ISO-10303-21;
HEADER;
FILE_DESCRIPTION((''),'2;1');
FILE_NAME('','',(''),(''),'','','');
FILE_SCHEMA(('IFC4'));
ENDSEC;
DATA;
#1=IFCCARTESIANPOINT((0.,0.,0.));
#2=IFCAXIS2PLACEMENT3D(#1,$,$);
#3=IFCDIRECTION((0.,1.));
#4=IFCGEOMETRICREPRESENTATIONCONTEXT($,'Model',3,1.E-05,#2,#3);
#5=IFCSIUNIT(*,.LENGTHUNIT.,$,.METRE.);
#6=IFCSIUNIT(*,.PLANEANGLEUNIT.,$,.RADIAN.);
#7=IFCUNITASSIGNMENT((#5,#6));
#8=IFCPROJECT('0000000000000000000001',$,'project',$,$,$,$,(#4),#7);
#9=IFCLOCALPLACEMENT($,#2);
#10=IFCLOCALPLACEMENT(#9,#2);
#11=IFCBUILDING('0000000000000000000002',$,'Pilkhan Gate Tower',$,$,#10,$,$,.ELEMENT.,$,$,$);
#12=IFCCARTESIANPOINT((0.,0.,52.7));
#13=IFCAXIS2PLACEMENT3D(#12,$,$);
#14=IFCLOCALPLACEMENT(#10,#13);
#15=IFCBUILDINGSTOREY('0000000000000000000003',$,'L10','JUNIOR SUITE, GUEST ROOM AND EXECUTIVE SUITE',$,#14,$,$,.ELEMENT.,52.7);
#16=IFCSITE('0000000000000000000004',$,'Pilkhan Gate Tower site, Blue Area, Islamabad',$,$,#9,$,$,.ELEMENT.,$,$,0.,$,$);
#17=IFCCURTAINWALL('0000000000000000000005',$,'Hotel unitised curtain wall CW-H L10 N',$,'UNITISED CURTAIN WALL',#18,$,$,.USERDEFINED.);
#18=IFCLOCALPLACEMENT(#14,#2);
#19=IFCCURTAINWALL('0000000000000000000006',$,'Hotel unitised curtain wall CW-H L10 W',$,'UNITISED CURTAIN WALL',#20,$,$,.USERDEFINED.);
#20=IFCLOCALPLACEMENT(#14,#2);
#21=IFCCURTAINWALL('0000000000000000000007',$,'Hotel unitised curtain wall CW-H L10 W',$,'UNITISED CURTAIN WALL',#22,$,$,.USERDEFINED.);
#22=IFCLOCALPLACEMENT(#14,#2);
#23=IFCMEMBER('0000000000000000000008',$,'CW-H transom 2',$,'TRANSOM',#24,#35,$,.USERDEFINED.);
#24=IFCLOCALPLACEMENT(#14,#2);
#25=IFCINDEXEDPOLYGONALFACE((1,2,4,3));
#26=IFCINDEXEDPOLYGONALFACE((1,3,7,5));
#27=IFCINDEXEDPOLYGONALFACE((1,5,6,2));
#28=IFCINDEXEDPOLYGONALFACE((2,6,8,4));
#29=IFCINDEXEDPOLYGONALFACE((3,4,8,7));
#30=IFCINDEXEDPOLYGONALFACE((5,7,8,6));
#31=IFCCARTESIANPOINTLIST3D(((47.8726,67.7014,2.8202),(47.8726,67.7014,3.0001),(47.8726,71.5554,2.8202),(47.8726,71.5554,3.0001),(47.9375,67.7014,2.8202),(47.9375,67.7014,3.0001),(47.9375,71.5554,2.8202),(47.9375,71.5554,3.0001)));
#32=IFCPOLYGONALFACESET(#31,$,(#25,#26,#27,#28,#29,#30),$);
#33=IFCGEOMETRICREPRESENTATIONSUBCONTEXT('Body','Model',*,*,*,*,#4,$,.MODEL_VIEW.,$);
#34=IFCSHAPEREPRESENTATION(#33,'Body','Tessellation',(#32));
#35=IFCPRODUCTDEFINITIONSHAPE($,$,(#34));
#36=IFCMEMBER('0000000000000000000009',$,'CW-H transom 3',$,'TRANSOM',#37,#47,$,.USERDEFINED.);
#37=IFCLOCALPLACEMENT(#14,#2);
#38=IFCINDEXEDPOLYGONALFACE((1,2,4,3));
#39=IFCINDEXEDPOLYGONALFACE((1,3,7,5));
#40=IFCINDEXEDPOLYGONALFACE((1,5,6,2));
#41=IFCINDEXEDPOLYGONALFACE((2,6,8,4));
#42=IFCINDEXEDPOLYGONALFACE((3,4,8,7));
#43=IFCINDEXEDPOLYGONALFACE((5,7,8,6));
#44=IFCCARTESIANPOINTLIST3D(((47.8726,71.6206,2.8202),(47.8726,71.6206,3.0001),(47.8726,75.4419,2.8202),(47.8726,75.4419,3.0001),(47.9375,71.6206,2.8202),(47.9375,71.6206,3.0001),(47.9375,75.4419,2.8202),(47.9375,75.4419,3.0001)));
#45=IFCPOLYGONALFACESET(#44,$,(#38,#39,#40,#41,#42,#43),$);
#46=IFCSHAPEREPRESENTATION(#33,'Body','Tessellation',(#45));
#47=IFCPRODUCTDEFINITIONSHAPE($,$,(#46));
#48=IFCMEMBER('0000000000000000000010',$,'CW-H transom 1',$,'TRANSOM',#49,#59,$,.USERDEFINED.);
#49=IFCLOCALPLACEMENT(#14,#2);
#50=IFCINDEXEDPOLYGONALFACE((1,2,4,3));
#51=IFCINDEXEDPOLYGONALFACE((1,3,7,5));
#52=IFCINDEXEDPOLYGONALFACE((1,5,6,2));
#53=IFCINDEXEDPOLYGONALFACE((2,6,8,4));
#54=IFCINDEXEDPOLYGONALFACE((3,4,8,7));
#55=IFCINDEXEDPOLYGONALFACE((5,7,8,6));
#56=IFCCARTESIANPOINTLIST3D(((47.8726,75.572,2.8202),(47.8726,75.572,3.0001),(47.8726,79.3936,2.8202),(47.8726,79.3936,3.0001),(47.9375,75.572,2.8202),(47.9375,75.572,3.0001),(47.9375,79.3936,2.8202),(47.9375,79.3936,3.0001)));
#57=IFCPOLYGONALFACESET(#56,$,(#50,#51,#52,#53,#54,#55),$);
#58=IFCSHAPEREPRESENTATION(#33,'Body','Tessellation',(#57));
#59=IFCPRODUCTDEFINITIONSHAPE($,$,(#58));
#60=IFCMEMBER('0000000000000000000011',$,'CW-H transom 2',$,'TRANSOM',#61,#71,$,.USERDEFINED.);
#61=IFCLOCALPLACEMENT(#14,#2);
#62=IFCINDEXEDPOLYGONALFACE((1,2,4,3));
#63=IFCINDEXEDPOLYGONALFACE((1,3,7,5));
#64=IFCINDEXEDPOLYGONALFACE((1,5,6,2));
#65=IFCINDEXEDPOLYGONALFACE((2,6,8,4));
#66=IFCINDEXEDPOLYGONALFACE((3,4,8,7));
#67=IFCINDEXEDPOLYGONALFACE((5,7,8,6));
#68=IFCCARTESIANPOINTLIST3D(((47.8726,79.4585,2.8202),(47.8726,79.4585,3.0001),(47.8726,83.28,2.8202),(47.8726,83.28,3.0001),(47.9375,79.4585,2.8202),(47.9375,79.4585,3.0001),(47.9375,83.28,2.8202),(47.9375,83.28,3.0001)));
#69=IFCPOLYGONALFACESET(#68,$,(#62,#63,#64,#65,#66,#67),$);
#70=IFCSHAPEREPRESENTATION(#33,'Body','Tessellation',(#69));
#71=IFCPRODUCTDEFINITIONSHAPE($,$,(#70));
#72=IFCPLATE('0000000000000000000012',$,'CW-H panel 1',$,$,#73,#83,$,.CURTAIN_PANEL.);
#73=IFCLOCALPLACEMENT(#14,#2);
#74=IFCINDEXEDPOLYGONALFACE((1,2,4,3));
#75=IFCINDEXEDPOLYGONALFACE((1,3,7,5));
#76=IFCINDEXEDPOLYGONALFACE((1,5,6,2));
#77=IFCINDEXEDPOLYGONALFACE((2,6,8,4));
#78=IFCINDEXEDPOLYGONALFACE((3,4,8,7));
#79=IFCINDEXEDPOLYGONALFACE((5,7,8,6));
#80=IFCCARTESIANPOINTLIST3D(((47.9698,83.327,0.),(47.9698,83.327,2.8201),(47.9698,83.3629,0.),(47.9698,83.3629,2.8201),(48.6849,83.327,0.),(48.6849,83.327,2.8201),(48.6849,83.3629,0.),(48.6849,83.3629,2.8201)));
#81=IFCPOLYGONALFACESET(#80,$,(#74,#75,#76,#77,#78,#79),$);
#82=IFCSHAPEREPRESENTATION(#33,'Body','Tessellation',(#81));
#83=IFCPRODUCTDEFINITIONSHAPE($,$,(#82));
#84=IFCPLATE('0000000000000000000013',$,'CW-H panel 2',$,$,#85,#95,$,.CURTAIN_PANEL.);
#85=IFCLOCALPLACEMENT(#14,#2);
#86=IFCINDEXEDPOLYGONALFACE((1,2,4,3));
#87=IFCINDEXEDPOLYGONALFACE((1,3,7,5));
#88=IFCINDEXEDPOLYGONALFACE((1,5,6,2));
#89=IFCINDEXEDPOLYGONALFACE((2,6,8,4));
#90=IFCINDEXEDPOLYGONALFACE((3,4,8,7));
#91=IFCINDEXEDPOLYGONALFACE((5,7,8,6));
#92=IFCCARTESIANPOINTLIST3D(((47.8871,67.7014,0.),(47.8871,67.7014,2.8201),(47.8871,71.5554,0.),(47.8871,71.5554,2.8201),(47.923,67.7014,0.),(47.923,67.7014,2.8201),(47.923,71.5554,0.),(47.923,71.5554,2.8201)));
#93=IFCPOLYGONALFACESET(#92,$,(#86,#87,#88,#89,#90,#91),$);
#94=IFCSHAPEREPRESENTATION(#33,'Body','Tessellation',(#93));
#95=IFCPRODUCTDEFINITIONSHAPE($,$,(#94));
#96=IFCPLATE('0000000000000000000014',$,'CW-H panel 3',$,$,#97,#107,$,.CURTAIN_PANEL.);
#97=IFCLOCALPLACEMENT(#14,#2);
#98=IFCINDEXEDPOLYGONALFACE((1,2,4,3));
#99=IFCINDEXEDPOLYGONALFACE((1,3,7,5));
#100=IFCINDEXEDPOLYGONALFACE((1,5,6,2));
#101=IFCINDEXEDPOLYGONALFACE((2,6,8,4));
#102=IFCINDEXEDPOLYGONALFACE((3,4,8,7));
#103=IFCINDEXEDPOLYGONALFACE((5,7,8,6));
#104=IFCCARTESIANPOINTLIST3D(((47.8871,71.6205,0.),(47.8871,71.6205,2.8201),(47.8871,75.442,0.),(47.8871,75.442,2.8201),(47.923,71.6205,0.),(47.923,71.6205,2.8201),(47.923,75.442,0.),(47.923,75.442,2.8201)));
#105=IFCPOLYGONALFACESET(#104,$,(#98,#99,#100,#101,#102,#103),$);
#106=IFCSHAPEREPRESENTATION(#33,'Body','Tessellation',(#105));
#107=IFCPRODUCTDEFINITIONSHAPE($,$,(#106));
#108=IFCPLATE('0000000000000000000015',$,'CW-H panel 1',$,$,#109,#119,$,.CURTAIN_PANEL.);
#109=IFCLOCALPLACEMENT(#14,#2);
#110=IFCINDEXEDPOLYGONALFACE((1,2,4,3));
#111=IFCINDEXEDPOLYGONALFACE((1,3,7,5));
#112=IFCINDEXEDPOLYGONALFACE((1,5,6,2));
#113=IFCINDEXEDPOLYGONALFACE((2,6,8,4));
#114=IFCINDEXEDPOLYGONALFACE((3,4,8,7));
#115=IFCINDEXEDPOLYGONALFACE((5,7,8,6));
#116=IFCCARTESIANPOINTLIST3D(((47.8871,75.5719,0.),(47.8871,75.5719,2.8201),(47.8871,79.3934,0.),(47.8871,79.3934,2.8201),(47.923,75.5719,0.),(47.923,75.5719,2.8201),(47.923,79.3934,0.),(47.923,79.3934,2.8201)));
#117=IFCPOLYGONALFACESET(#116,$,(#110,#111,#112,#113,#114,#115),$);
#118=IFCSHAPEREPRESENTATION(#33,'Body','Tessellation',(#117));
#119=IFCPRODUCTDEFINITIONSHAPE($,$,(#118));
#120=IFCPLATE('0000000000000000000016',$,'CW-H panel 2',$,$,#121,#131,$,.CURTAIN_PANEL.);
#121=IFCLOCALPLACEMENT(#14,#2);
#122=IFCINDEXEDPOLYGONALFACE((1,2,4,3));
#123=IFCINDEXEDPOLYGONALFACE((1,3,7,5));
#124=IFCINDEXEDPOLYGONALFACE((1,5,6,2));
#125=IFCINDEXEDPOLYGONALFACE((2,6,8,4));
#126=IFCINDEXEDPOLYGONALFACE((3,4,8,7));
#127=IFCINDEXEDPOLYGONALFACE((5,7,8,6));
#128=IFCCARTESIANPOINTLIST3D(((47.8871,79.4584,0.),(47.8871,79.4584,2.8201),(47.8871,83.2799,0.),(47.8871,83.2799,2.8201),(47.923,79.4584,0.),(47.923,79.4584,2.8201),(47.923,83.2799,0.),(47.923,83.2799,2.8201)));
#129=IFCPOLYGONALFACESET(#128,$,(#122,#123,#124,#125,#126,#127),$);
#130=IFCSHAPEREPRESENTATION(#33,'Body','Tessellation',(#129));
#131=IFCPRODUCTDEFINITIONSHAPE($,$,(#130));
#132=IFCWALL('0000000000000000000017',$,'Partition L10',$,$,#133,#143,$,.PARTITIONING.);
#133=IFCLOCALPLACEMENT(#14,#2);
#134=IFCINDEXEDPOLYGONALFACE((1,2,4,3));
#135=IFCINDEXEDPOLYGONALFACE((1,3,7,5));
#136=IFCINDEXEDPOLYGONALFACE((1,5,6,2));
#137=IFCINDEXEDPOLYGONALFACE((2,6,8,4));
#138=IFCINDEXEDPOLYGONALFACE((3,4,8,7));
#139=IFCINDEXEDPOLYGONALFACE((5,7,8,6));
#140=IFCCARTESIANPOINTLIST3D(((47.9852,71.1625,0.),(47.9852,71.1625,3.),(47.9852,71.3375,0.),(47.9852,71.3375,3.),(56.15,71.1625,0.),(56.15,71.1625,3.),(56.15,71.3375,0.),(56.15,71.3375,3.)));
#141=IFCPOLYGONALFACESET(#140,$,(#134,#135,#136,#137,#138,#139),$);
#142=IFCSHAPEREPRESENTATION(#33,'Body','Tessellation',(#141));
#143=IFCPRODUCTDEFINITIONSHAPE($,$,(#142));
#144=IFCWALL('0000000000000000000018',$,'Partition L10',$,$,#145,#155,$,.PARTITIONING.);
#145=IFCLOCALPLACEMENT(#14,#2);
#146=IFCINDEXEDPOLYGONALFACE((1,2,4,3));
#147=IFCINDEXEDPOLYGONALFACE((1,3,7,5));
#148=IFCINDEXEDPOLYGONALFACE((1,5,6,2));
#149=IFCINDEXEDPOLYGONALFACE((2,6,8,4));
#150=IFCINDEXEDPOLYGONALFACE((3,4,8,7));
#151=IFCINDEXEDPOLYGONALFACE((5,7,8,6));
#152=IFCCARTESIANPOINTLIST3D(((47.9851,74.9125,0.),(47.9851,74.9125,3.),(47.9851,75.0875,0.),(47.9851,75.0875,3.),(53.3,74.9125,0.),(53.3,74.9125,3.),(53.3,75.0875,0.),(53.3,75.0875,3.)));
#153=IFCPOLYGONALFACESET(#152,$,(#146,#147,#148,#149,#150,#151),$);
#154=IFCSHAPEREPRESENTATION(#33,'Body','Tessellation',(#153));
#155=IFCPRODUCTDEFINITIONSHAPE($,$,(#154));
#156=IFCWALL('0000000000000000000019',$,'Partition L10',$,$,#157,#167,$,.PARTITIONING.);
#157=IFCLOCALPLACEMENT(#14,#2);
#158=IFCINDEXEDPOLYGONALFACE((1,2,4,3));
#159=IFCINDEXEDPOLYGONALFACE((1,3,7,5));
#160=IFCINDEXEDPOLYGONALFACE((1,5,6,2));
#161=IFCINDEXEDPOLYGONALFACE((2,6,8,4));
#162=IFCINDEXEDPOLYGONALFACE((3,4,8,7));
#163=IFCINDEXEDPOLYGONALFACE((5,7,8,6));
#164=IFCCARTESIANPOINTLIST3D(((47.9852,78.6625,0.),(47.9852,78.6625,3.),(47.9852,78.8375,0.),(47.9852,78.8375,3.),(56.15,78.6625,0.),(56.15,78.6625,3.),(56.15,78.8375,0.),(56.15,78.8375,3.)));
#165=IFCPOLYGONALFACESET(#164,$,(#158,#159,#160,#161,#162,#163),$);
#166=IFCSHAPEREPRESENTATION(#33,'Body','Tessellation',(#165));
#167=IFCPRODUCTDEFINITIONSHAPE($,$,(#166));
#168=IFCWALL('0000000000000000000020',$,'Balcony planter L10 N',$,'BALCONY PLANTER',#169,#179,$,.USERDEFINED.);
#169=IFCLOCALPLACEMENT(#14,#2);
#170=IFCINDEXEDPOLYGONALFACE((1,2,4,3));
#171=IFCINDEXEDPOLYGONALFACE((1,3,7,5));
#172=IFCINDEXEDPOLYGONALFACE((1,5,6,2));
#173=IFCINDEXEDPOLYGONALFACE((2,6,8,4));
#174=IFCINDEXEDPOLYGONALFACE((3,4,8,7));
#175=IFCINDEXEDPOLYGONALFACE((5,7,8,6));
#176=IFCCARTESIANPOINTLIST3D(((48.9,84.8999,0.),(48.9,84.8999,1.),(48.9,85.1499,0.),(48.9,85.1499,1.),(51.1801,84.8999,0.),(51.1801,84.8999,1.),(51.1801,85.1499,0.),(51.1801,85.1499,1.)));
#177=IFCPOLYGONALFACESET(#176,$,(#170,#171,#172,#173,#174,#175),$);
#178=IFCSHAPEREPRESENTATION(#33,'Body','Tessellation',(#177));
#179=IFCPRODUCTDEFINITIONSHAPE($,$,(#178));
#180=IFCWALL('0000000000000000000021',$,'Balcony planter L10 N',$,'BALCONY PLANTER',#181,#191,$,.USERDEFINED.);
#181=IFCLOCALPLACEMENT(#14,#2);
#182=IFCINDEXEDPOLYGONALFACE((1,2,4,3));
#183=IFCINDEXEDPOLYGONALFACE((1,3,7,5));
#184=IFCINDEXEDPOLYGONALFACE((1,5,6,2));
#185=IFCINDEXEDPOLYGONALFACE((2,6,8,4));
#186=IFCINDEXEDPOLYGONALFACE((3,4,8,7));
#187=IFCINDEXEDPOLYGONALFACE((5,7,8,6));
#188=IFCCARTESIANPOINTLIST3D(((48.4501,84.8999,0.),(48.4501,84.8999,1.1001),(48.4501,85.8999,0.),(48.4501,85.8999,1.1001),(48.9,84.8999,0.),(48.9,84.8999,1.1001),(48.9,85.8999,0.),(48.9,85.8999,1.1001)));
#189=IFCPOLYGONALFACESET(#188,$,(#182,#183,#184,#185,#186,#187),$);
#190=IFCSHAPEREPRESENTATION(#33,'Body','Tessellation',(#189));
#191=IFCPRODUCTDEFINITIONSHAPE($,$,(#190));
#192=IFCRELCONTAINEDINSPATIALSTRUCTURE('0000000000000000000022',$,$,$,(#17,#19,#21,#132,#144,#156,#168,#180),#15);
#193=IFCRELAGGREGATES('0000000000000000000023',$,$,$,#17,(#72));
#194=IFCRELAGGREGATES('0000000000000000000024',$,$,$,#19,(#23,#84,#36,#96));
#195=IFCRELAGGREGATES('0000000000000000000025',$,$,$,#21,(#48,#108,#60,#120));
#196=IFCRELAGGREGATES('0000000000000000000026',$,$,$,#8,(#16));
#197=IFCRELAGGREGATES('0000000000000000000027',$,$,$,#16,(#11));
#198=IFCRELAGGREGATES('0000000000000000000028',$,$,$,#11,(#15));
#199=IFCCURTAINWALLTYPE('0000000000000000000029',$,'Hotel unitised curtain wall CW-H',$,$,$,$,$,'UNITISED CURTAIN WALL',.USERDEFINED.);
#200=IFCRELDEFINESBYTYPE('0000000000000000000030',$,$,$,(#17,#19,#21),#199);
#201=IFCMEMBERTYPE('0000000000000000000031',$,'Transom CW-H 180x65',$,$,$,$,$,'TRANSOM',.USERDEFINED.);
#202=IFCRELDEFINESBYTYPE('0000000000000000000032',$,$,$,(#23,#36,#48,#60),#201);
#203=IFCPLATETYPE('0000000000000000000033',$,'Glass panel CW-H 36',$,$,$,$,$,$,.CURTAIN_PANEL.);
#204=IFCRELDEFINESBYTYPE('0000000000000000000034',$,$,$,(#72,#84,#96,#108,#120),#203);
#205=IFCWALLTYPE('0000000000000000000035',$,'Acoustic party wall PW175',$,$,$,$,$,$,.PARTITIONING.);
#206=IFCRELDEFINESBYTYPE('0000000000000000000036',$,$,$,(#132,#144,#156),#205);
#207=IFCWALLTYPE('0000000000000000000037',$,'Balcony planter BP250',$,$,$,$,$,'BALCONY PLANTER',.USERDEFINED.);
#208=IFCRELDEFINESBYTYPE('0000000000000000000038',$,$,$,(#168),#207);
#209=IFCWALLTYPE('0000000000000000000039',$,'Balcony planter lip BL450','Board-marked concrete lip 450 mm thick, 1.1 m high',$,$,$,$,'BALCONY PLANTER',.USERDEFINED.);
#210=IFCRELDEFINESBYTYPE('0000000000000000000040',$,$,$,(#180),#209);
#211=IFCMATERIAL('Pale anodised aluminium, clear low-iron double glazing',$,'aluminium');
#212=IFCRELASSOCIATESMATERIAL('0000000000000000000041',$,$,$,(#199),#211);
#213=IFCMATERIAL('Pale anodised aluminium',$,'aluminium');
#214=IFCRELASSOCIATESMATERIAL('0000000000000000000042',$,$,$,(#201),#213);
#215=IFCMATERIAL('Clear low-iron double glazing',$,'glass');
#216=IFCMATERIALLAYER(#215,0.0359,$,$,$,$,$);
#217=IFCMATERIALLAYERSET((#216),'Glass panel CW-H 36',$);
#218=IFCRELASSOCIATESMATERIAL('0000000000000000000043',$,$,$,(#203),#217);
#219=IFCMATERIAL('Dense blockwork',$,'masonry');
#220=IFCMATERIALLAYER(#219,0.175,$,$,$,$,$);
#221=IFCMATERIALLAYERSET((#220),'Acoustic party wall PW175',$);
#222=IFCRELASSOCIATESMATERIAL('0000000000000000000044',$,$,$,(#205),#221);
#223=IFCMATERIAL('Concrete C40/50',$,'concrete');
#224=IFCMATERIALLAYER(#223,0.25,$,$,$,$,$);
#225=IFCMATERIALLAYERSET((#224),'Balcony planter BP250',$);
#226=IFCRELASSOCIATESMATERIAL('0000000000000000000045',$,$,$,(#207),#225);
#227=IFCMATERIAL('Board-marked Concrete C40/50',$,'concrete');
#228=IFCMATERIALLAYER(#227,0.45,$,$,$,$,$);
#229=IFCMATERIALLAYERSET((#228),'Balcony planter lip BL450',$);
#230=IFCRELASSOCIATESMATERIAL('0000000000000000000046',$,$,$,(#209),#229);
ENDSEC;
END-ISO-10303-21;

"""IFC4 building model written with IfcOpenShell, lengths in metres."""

from ifc_helpers import new_model, si_unit, direction, frame, frame_2d, origin, origin_2d, place, context, subcontext, project, spatial, rectangle, extrude, material, layer, layer_set, material_profile, profile_set, type_object, element, aggregate, save


model = new_model("IFC4")

# Units and contexts
model_context = context("Model", 3, precision=1e-05, world=origin(), true_north=direction((0.0, 1.0)))
body_context = subcontext(model_context, "Body", "Model", "MODEL_VIEW")
ifc_project = project(units=[si_unit("LENGTHUNIT", "METRE"), si_unit("PLANEANGLEUNIT", "RADIAN")], contexts=[model_context])

# Site, building, storey
site_placement = place(None, origin())
site = spatial("IfcSite", under=ifc_project, at=site_placement, Name="Pilkhan Gate Tower site, Blue Area, Islamabad", CompositionType="ELEMENT", RefElevation=0.0)
building_placement = place(site_placement, origin())
building = spatial("IfcBuilding", under=site, at=building_placement, Name="Pilkhan Gate Tower", CompositionType="ELEMENT")
storey_placement = place(building_placement, frame((0.0, 0.0, 52.7)))
storey = spatial("IfcBuildingStorey", under=building, at=storey_placement, Name="L10", Description="JUNIOR SUITE, GUEST ROOM AND EXECUTIVE SUITE", CompositionType="ELEMENT", Elevation=52.7)

# Shared definitions
ifc_material_1 = material(Name="Pale anodised aluminium, clear low-iron double glazing", Category="aluminium")
curtain_wall_type = type_object("IfcCurtainWallType", Name="Hotel unitised curtain wall CW-H", ElementType="UNITISED CURTAIN WALL", PredefinedType="USERDEFINED", material=ifc_material_1)
ifc_material_2 = material(Name="Pale anodised aluminium", Category="aluminium")

# Curtain walls
curtain_wall_1_placement = place(storey_placement, origin())
curtain_wall_1 = element("IfcCurtainWall", 1, at=curtain_wall_1_placement, inside=storey, type_object=curtain_wall_type, Name="Hotel unitised curtain wall CW-H L10 N", ObjectType="UNITISED CURTAIN WALL", PredefinedType="USERDEFINED")
curtain_wall_2_placement = place(storey_placement, origin())
curtain_wall_2 = element("IfcCurtainWall", 2, at=curtain_wall_2_placement, inside=storey, type_object=curtain_wall_type, Name="Hotel unitised curtain wall CW-H L10 W", ObjectType="UNITISED CURTAIN WALL", PredefinedType="USERDEFINED")
curtain_wall_3_placement = place(storey_placement, origin())
curtain_wall_3 = element("IfcCurtainWall", 3, at=curtain_wall_3_placement, inside=storey, type_object=curtain_wall_type, Name="Hotel unitised curtain wall CW-H L10 W", ObjectType="UNITISED CURTAIN WALL", PredefinedType="USERDEFINED")

# Members
ifc_material_profile_1 = material_profile(ifc_material_2, rectangle(XDim=0.0649, YDim=0.1799, at=origin_2d()), Name="Transom 180x65")
ifc_profile_set_1 = profile_set([ifc_material_profile_1], Name="Pale anodised aluminium")
member_type_1 = type_object("IfcMemberType", Name="Transom CW-H 180x65", ElementType="TRANSOM", PredefinedType="USERDEFINED", material=ifc_profile_set_1)
member_1_placement = place(storey_placement, frame((47.905, 67.7014, 2.9102), z_axis=(0.0, 1.0, 0.0), x_axis=(-1.0, 0.0, 0.0)))
member_1 = element("IfcMember", 4, at=member_1_placement, type_object=member_type_1, Name="CW-H transom 2", ObjectType="TRANSOM", PredefinedType="USERDEFINED", context=body_context, shape_type="SweptSolid", body=[
    extrude(rectangle(XDim=0.0649, YDim=0.1799, at=origin_2d()), origin(), (0.0, 0.0, 1.0), 3.854),
])
member_2_placement = place(storey_placement, frame((47.905, 71.6206, 2.9102), z_axis=(0.0, 1.0, 0.0), x_axis=(-1.0, 0.0, 0.0)))
member_2 = element("IfcMember", 5, at=member_2_placement, type_object=member_type_1, Name="CW-H transom 3", ObjectType="TRANSOM", PredefinedType="USERDEFINED", context=body_context, shape_type="SweptSolid", body=[
    extrude(rectangle(XDim=0.0649, YDim=0.1799, at=origin_2d()), origin(), (0.0, 0.0, 1.0), 3.8213),
])
member_3_placement = place(storey_placement, frame((47.905, 75.572, 2.9102), z_axis=(0.0, 1.0, 0.0), x_axis=(-1.0, 0.0, 0.0)))
member_3 = element("IfcMember", 6, at=member_3_placement, type_object=member_type_1, Name="CW-H transom 1", ObjectType="TRANSOM", PredefinedType="USERDEFINED", context=body_context, shape_type="SweptSolid", body=[
    extrude(rectangle(XDim=0.0649, YDim=0.1799, at=origin_2d()), origin(), (0.0, 0.0, 1.0), 3.8215),
])
member_4_placement = place(storey_placement, frame((47.905, 79.4585, 2.9102), z_axis=(0.0, 1.0, 0.0), x_axis=(-1.0, 0.0, 0.0)))
member_4 = element("IfcMember", 7, at=member_4_placement, type_object=member_type_1, Name="CW-H transom 2", ObjectType="TRANSOM", PredefinedType="USERDEFINED", context=body_context, shape_type="SweptSolid", body=[
    extrude(rectangle(XDim=0.0649, YDim=0.1799, at=origin_2d()), origin(), (0.0, 0.0, 1.0), 3.8215),
])

# Plates
ifc_material_3 = material(Name="Clear low-iron double glazing", Category="glass")
ifc_layer_1 = layer(ifc_material_3, 0.0359)
ifc_layer_set_1 = layer_set([ifc_layer_1], Name="Glass panel CW-H 36")
plate_type = type_object("IfcPlateType", Name="Glass panel CW-H 36", PredefinedType="CURTAIN_PANEL", material=ifc_layer_set_1)
plate_1_placement = place(storey_placement, frame((48.3274, 83.345, 0.0), z_axis=(0.0, 0.0, 1.0), x_axis=(1.0, 0.0, 0.0)))
plate_1 = element("IfcPlate", 8, at=plate_1_placement, type_object=plate_type, Name="CW-H panel 1", PredefinedType="CURTAIN_PANEL", context=body_context, shape_type="SweptSolid", body=[
    extrude(rectangle(XDim=0.7151, YDim=0.0359, at=origin_2d()), origin(), (0.0, 0.0, 1.0), 2.8201),
])
aggregate(curtain_wall_1, [plate_1])
plate_2_placement = place(storey_placement, frame((47.905, 69.6284, 0.0), z_axis=(0.0, 0.0, 1.0), x_axis=(0.0, 1.0, 0.0)))
plate_2 = element("IfcPlate", 9, at=plate_2_placement, type_object=plate_type, Name="CW-H panel 2", PredefinedType="CURTAIN_PANEL", context=body_context, shape_type="SweptSolid", body=[
    extrude(rectangle(XDim=3.854, YDim=0.0359, at=origin_2d()), origin(), (0.0, 0.0, 1.0), 2.8201),
])
plate_3_placement = place(storey_placement, frame((47.905, 73.5312, 0.0), z_axis=(0.0, 0.0, 1.0), x_axis=(0.0, 1.0, 0.0)))
plate_3 = element("IfcPlate", 10, at=plate_3_placement, type_object=plate_type, Name="CW-H panel 3", PredefinedType="CURTAIN_PANEL", context=body_context, shape_type="SweptSolid", body=[
    extrude(rectangle(XDim=3.8215, YDim=0.0359, at=origin_2d()), origin(), (0.0, 0.0, 1.0), 2.8201),
])
aggregate(curtain_wall_2, [member_1, plate_2, member_2, plate_3])
plate_4_placement = place(storey_placement, frame((47.905, 77.4827, 0.0), z_axis=(0.0, 0.0, 1.0), x_axis=(0.0, 1.0, 0.0)))
plate_4 = element("IfcPlate", 11, at=plate_4_placement, type_object=plate_type, Name="CW-H panel 1", PredefinedType="CURTAIN_PANEL", context=body_context, shape_type="SweptSolid", body=[
    extrude(rectangle(XDim=3.8215, YDim=0.0359, at=origin_2d()), origin(), (0.0, 0.0, 1.0), 2.8201),
])
plate_5_placement = place(storey_placement, frame((47.905, 81.3691, 0.0), z_axis=(0.0, 0.0, 1.0), x_axis=(0.0, 1.0, 0.0)))
plate_5 = element("IfcPlate", 12, at=plate_5_placement, type_object=plate_type, Name="CW-H panel 2", PredefinedType="CURTAIN_PANEL", context=body_context, shape_type="SweptSolid", body=[
    extrude(rectangle(XDim=3.8215, YDim=0.0359, at=origin_2d()), origin(), (0.0, 0.0, 1.0), 2.8201),
])
aggregate(curtain_wall_3, [member_3, plate_4, member_4, plate_5])

# Walls
ifc_material_4 = material(Name="Dense blockwork", Category="masonry")
ifc_layer_2 = layer(ifc_material_4, 0.175)
ifc_layer_set_2 = layer_set([ifc_layer_2], Name="Acoustic party wall PW175")
wall_type_1 = type_object("IfcWallType", Name="Acoustic party wall PW175", PredefinedType="PARTITIONING", material=ifc_layer_set_2)
wall_1_placement = place(storey_placement, frame((47.9851, 71.25, 0.0), z_axis=(0.0, 0.0, 1.0), x_axis=(1.0, 0.0, 0.0)))
element("IfcWall", 13, at=wall_1_placement, inside=storey, type_object=wall_type_1, Name="Partition L10", PredefinedType="PARTITIONING", context=body_context, shape_type="SweptSolid", body=[
    extrude(rectangle(XDim=8.1648, YDim=0.175, at=frame_2d((4.0825, 0.0))), origin(), (0.0, 0.0, 1.0), 3.0),
])
wall_2_placement = place(storey_placement, frame((47.9851, 75.0, 0.0), z_axis=(0.0, 0.0, 1.0), x_axis=(1.0, 0.0, 0.0)))
element("IfcWall", 14, at=wall_2_placement, inside=storey, type_object=wall_type_1, Name="Partition L10", PredefinedType="PARTITIONING", context=body_context, shape_type="SweptSolid", body=[
    extrude(rectangle(XDim=5.3149, YDim=0.175, at=frame_2d((2.6575, 0.0))), origin(), (0.0, 0.0, 1.0), 3.0),
])
wall_3_placement = place(storey_placement, frame((47.9851, 78.75, 0.0), z_axis=(0.0, 0.0, 1.0), x_axis=(1.0, 0.0, 0.0)))
element("IfcWall", 15, at=wall_3_placement, inside=storey, type_object=wall_type_1, Name="Partition L10", PredefinedType="PARTITIONING", context=body_context, shape_type="SweptSolid", body=[
    extrude(rectangle(XDim=8.1648, YDim=0.175, at=frame_2d((4.0825, 0.0))), origin(), (0.0, 0.0, 1.0), 3.0),
])
ifc_material_5 = material(Name="Concrete C40/50", Category="concrete")
ifc_layer_3 = layer(ifc_material_5, 0.25)
ifc_layer_set_3 = layer_set([ifc_layer_3], Name="Balcony planter BP250")
wall_type_2 = type_object("IfcWallType", Name="Balcony planter BP250", ElementType="BALCONY PLANTER", PredefinedType="USERDEFINED", material=ifc_layer_set_3)
wall_4_placement = place(storey_placement, frame((48.8999, 85.0249, 0.0), z_axis=(0.0, 0.0, 1.0), x_axis=(1.0, 0.0, 0.0)))
element("IfcWall", 16, at=wall_4_placement, inside=storey, type_object=wall_type_2, Name="Balcony planter L10 N", ObjectType="BALCONY PLANTER", PredefinedType="USERDEFINED", context=body_context, shape_type="SweptSolid", body=[
    extrude(rectangle(XDim=2.28, YDim=0.25, at=frame_2d((1.1401, 0.0))), origin(), (0.0, 0.0, 1.0), 1.0),
])
ifc_material_6 = material(Name="Board-marked Concrete C40/50", Category="concrete")
ifc_layer_4 = layer(ifc_material_6, 0.45)
ifc_layer_set_4 = layer_set([ifc_layer_4], Name="Balcony planter lip BL450")
wall_type_3 = type_object("IfcWallType", Name="Balcony planter lip BL450", Description="Board-marked concrete lip 450 mm thick, 1.1 m high", ElementType="BALCONY PLANTER", PredefinedType="USERDEFINED", material=ifc_layer_set_4)
for number, where, z_axis, x_axis, name in (
    (17, (48.675, 84.8999, 0.0), (0.0, 0.0, 1.0), (0.0, 1.0, 0.0), "Balcony planter L10 N"),
):
    element("IfcWall", number, at=place(storey_placement, frame(where, z_axis=z_axis, x_axis=x_axis)), inside=storey, type_object=wall_type_3, Name=name, ObjectType="BALCONY PLANTER", PredefinedType="USERDEFINED", context=body_context, shape_type="SweptSolid", body=[
        extrude(rectangle(XDim=1.0, YDim=0.45, at=frame_2d((0.5, 0.0))), origin(), (0.0, 0.0, 1.0), 1.1001),
    ])

save(model, "model.ifc")
